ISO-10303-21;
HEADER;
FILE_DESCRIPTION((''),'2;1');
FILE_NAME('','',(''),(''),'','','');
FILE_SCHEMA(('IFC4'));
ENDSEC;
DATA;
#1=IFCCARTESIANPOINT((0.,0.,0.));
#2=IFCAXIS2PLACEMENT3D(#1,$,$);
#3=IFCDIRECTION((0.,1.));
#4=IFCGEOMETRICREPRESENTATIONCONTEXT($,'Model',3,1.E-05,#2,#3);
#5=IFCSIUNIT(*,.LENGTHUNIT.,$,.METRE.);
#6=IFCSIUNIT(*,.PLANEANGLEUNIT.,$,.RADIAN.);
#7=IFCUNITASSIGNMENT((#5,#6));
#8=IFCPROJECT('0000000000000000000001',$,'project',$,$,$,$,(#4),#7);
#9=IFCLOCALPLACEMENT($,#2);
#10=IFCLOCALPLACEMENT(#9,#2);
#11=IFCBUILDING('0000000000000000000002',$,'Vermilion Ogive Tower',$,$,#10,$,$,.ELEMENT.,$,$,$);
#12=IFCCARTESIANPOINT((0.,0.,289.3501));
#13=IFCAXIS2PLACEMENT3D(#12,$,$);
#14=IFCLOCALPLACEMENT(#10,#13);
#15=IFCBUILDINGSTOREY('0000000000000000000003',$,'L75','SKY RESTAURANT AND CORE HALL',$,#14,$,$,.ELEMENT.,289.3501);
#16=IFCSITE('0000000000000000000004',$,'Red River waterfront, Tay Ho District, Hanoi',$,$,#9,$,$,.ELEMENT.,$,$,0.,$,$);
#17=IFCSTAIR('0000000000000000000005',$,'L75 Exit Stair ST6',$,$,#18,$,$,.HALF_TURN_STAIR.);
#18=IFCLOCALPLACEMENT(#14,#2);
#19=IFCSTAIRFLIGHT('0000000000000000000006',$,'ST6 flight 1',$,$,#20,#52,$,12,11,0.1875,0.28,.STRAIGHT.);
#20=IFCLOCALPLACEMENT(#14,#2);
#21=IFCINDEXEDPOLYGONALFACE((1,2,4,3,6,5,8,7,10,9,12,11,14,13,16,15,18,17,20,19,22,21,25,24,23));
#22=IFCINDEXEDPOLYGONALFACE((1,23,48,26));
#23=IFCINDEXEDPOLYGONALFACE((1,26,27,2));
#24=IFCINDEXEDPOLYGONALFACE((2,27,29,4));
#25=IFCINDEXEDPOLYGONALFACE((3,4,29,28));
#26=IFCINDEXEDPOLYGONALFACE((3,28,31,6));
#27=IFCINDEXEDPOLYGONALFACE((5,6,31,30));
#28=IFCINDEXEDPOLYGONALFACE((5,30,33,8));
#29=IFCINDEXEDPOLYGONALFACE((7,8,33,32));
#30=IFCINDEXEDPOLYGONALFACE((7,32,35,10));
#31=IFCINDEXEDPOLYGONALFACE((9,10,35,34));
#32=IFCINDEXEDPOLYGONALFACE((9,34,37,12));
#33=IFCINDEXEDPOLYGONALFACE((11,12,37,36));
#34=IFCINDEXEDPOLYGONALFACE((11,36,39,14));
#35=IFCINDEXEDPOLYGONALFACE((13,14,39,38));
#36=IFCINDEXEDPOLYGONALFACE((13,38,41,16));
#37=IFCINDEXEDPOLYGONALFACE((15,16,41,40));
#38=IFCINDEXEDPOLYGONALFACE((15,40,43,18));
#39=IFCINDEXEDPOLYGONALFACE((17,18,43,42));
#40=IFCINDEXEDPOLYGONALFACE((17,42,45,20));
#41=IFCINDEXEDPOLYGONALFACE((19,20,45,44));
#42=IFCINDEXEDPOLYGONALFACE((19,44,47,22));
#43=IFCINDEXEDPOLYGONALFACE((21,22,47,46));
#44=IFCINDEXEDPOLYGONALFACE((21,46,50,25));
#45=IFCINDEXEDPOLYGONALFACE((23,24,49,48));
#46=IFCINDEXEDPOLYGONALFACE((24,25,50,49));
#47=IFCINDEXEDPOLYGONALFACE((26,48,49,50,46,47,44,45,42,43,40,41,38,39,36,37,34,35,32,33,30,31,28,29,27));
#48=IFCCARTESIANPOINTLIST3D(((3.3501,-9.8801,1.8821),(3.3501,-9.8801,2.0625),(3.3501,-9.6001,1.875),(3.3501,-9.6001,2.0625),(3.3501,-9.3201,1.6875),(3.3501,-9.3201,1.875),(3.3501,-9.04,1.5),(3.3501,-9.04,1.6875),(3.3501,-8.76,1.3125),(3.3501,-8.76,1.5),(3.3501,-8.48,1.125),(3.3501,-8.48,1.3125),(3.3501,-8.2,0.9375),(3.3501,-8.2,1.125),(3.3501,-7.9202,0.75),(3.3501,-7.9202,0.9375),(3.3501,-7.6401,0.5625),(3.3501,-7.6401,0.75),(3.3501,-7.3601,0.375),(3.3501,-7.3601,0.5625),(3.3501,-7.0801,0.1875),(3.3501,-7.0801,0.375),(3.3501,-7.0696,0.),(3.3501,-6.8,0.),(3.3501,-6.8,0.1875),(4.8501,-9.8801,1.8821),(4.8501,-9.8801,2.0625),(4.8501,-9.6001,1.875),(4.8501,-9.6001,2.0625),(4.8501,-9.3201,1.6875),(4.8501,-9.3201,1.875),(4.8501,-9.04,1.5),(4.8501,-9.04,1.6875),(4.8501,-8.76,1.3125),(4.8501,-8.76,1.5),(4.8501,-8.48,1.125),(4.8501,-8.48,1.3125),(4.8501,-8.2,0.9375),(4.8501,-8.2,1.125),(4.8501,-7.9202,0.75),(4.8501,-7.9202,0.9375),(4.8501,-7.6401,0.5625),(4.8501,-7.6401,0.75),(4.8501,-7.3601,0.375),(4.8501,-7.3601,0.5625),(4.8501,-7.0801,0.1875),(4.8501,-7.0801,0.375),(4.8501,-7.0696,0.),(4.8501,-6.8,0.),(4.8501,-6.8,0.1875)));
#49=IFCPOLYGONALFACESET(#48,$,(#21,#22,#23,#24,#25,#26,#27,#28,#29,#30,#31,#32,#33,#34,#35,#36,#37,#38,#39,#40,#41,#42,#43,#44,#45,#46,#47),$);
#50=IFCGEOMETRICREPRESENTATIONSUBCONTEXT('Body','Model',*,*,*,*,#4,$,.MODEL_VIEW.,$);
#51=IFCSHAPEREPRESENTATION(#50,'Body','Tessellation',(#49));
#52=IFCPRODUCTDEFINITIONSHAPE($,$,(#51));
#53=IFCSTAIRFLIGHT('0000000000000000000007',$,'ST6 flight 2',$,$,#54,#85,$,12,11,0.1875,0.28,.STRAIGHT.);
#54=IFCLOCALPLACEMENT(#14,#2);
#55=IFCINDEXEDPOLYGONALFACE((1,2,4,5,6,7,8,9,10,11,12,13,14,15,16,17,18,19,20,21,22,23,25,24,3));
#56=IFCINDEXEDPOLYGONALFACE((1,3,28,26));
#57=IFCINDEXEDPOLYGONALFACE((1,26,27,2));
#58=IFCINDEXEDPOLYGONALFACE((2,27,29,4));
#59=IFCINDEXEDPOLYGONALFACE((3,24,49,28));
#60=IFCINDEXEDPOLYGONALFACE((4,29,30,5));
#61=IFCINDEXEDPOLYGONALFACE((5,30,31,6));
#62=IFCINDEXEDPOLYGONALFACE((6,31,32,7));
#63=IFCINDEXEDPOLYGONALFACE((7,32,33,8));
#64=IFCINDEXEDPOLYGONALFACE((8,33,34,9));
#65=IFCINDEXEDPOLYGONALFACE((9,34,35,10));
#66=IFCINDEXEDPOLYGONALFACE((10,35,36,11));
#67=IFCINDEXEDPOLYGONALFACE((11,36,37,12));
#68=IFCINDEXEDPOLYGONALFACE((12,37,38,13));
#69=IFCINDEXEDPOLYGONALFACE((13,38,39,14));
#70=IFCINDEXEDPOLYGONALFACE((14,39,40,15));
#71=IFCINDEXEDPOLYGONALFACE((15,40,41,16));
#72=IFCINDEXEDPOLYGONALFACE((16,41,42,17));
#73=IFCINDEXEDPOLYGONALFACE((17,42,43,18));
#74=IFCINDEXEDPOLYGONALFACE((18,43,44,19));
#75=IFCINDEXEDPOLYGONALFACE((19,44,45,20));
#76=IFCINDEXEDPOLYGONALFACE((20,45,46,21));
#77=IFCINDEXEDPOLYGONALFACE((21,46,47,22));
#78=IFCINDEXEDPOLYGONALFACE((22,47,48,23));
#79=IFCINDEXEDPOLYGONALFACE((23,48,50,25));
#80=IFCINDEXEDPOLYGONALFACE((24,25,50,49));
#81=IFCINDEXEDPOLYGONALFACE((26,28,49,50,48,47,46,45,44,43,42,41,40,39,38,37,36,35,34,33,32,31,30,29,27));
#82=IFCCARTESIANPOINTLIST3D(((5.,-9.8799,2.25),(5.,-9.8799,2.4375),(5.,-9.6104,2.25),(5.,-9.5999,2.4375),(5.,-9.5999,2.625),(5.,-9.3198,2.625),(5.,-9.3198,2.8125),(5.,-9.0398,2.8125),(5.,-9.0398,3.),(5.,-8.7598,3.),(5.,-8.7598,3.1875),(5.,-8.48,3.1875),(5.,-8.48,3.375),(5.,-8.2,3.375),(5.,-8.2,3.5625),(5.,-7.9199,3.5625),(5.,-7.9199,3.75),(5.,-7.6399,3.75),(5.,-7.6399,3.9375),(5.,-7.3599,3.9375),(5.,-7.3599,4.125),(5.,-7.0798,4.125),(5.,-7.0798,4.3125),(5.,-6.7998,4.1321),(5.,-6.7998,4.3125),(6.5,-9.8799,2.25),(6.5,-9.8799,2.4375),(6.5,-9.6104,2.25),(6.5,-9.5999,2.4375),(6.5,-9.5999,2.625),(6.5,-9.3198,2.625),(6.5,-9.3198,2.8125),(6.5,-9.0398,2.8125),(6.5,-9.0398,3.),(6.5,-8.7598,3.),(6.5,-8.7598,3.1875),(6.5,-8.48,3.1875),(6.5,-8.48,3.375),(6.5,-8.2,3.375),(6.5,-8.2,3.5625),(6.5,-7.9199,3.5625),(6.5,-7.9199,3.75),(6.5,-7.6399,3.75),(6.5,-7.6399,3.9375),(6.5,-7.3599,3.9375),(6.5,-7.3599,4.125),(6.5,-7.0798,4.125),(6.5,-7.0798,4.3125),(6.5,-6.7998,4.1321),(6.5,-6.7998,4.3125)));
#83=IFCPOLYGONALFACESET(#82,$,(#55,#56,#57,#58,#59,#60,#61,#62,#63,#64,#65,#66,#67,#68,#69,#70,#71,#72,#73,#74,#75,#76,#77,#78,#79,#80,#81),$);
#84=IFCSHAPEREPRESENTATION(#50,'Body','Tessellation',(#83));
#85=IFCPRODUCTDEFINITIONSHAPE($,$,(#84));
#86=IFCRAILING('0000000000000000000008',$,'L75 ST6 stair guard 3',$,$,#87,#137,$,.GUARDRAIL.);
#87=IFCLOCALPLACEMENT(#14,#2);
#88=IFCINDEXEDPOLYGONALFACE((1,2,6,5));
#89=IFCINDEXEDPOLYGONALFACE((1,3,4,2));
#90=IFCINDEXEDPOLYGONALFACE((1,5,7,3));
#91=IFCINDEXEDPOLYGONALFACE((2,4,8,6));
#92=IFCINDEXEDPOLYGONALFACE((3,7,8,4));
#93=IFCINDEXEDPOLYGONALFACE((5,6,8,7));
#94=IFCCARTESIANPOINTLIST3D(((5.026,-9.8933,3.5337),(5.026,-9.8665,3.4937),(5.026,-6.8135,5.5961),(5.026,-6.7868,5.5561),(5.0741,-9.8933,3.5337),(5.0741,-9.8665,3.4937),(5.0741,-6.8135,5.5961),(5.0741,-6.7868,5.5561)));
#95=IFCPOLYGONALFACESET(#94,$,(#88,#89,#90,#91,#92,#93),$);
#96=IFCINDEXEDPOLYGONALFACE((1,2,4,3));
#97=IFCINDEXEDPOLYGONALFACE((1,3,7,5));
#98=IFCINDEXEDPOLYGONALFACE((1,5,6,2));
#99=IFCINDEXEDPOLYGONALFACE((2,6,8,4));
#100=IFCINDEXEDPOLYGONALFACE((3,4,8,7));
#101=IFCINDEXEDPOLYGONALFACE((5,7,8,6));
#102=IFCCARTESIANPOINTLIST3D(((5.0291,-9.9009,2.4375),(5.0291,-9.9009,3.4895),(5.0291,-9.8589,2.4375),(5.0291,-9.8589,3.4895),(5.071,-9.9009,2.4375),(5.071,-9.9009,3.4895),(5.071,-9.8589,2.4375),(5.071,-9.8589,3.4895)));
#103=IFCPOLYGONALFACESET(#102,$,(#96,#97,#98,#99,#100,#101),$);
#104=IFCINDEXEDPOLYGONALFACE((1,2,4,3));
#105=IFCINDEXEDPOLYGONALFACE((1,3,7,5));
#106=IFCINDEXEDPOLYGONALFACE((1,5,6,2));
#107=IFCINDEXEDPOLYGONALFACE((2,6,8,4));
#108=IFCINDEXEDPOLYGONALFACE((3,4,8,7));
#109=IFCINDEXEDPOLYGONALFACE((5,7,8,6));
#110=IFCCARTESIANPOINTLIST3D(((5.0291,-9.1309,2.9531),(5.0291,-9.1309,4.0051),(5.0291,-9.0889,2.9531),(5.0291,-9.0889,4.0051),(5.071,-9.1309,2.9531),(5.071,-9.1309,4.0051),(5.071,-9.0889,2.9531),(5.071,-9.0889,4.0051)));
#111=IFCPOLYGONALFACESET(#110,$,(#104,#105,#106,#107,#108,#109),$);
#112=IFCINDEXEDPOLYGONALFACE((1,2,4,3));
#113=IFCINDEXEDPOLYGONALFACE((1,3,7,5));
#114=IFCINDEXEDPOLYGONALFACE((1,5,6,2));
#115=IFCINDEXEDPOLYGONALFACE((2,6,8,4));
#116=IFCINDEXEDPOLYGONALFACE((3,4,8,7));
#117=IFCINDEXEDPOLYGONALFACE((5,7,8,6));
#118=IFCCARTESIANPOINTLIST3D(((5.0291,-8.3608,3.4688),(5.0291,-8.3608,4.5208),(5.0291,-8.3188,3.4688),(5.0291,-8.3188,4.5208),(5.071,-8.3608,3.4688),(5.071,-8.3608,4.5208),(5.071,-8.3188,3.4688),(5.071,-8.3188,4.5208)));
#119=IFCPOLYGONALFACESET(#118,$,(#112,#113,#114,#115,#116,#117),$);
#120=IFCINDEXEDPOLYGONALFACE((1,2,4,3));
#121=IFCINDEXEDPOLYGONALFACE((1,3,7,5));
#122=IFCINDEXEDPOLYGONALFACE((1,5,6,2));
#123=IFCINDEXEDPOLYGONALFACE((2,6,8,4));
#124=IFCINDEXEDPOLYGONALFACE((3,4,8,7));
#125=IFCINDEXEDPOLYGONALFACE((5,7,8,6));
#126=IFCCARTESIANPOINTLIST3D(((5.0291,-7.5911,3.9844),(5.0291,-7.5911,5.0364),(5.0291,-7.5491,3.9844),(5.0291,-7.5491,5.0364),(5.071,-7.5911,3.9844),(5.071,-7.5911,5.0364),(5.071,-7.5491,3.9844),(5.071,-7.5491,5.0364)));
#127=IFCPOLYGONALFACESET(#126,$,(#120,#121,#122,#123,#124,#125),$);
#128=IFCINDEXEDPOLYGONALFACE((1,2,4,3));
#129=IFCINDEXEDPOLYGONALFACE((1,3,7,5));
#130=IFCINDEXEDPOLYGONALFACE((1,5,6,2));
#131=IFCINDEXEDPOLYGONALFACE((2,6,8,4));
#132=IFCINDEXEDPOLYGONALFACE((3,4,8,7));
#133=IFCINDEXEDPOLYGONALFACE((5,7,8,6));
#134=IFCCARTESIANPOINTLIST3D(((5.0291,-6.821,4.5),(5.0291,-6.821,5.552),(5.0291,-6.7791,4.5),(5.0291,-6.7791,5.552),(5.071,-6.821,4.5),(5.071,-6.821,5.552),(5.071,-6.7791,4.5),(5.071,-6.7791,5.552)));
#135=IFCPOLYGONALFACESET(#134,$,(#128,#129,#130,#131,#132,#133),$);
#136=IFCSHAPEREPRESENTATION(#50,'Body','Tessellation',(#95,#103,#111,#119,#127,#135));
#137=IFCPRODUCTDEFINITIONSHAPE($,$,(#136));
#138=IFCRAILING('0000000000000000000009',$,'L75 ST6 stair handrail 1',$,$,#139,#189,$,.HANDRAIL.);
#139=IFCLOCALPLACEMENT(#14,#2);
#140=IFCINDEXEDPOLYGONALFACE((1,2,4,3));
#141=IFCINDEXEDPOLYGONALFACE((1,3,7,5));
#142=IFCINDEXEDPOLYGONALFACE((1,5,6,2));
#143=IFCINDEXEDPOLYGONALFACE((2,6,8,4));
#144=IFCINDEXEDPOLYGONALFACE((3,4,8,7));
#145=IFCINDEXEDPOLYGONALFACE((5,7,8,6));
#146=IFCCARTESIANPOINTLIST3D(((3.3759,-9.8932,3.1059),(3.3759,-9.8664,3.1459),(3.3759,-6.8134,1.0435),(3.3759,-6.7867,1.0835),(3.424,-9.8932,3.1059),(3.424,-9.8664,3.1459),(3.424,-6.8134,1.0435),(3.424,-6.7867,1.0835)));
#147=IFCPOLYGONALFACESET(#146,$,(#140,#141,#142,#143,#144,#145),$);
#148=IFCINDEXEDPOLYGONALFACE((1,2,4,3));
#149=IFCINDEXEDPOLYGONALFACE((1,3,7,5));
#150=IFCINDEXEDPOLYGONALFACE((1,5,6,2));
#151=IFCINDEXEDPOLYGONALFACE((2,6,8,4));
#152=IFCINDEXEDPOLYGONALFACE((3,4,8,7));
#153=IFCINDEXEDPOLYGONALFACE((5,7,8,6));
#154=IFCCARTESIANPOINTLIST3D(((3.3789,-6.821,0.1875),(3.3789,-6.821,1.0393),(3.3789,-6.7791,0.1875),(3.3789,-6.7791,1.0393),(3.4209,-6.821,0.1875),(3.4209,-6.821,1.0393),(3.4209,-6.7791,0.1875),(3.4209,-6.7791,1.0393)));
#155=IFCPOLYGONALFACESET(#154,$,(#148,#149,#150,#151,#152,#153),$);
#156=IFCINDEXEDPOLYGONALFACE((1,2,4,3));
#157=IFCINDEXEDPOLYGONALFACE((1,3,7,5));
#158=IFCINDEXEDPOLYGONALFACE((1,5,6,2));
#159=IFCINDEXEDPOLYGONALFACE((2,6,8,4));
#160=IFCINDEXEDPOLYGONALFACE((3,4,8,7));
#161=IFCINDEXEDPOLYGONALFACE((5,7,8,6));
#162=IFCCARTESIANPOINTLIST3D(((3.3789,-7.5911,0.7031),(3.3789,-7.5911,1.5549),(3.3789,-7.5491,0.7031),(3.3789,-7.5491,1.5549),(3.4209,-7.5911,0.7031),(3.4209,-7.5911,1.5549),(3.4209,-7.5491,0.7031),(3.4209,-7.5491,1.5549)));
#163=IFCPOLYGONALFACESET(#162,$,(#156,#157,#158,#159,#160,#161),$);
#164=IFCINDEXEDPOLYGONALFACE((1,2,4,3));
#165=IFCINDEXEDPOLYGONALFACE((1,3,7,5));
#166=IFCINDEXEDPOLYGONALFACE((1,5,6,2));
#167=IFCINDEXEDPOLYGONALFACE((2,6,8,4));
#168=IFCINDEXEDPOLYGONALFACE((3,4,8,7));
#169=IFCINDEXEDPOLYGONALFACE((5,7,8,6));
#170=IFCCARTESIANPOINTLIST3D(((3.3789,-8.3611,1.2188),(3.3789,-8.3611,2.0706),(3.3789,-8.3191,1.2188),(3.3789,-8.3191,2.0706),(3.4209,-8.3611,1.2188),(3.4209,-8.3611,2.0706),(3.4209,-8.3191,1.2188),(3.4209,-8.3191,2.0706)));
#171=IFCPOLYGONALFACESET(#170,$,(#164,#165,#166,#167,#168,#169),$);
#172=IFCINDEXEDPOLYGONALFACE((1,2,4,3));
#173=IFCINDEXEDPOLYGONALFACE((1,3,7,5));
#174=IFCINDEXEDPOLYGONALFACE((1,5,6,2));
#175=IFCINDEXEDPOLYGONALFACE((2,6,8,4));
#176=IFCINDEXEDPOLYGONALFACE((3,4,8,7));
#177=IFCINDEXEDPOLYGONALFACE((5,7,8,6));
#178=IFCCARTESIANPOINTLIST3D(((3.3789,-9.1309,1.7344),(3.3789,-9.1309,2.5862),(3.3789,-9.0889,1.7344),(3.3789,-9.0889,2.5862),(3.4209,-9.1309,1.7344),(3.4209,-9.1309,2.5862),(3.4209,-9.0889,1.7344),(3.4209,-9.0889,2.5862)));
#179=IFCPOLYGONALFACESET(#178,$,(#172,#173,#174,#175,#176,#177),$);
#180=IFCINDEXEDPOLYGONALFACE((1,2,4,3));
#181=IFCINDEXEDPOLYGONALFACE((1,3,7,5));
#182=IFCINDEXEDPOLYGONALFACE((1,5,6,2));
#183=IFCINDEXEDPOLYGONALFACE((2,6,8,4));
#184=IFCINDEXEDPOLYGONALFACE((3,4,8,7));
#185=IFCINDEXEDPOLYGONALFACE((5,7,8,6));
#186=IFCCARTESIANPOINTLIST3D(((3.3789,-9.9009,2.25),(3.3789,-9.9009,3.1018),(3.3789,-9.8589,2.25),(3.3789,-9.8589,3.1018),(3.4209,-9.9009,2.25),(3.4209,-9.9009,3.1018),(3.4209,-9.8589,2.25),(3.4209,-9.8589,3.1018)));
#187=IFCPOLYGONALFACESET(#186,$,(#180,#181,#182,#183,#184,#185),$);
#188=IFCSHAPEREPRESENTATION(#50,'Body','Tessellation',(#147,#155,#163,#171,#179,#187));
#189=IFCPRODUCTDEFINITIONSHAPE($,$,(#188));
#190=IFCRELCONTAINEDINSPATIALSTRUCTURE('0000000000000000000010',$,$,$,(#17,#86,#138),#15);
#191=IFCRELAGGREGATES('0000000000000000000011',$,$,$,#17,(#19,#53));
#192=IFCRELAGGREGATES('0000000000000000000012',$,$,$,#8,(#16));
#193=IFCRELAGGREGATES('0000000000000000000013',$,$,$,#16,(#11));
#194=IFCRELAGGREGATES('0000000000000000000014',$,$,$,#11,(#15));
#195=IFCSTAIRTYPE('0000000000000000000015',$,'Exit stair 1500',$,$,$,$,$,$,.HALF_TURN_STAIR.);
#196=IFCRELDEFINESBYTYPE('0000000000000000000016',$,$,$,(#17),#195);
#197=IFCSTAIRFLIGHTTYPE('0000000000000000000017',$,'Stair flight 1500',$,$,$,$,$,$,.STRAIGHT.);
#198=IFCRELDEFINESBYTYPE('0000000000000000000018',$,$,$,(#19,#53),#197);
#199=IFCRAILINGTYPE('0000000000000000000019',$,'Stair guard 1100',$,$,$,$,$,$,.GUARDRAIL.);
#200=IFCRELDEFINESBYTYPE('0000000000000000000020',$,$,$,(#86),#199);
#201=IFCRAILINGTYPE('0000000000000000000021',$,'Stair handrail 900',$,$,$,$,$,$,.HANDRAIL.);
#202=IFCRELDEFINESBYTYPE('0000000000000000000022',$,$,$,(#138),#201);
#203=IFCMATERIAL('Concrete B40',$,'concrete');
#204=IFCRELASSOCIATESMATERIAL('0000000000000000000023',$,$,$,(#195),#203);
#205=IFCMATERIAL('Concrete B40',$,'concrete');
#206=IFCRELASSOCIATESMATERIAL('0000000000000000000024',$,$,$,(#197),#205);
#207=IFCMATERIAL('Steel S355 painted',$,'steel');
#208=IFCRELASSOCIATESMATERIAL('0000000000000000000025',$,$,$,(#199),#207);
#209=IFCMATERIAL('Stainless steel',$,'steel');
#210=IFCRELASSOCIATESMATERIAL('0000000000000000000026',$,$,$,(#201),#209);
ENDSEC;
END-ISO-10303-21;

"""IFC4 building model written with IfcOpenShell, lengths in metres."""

from ifc_helpers import new_model, si_unit, direction, frame, origin, origin_2d, place, context, subcontext, project, spatial, polyline, rectangle, outline, extrude, material, type_object, element, aggregate, save


model = new_model("IFC4")

# Units and contexts
model_context = context("Model", 3, precision=1e-05, world=origin(), true_north=direction((0.0, 1.0)))
body_context = subcontext(model_context, "Body", "Model", "MODEL_VIEW")
ifc_project = project(units=[si_unit("LENGTHUNIT", "METRE"), si_unit("PLANEANGLEUNIT", "RADIAN")], contexts=[model_context])

# Site, building, storey
site_placement = place(None, origin())
site = spatial("IfcSite", under=ifc_project, at=site_placement, Name="Red River waterfront, Tay Ho District, Hanoi", CompositionType="ELEMENT", RefElevation=0.0)
building_placement = place(site_placement, origin())
building = spatial("IfcBuilding", under=site, at=building_placement, Name="Vermilion Ogive Tower", CompositionType="ELEMENT")
storey_placement = place(building_placement, frame((0.0, 0.0, 289.3501)))
storey = spatial("IfcBuildingStorey", under=building, at=storey_placement, Name="L75", Description="SKY RESTAURANT AND CORE HALL", CompositionType="ELEMENT", Elevation=289.3501)

# Stair, stair flights
ifc_material_1 = material(Name="Concrete B40", Category="concrete")
stair_type = type_object("IfcStairType", Name="Exit stair 1500", PredefinedType="HALF_TURN_STAIR", material=ifc_material_1)
stair_placement = place(storey_placement, origin())
stair = element("IfcStair", 1, at=stair_placement, inside=storey, type_object=stair_type, Name="L75 Exit Stair ST6", PredefinedType="HALF_TURN_STAIR")
ifc_material_2 = material(Name="Concrete B40", Category="concrete")
stair_flight_type = type_object("IfcStairFlightType", Name="Stair flight 1500", PredefinedType="STRAIGHT", material=ifc_material_2)
stair_flight_1_placement = place(storey_placement, frame((4.1001, -6.8, 0.0), z_axis=(0.0, 0.0, 1.0), x_axis=(0.0, -1.0, 0.0)))
stair_flight_1 = element("IfcStairFlight", 2, at=stair_flight_1_placement, type_object=stair_flight_type, Name="ST6 flight 1", NumberOfRisers=12, NumberOfTreads=11, PredefinedType="STRAIGHT", RiserHeight=0.1875, TreadLength=0.28, context=body_context, shape_type="SweptSolid", body=[
    extrude(outline(polyline([(0.0, 0.0), (0.0, 0.1875), (0.28, 0.1875), (0.28, 0.375), (0.5601, 0.375), (0.5601, 0.5625), (0.8401, 0.5625), (0.8401, 0.75), (1.1201, 0.75), (1.1201, 0.9375), (1.3999, 0.9375), (1.3999, 1.125), (1.6799, 1.125), (1.6799, 1.3125), (1.96, 1.3125), (1.96, 1.5), (2.24, 1.5), (2.24, 1.6875), (2.52, 1.6875), (2.52, 1.875), (2.8, 1.875), (2.8, 2.0625), (3.0801, 2.0625), (3.0801, 2.25), (3.0801, 1.8821), (0.2695, 0.0), (0.0, 0.0)])), frame((0.0, 0.75, 0.0), z_axis=(0.0, -1.0, 0.0), x_axis=(1.0, 0.0, 0.0)), (0.0, 0.0, 1.0), 1.5),
])
stair_flight_2_placement = place(storey_placement, frame((5.75, -9.8799, 2.25), z_axis=(0.0, 0.0, 1.0), x_axis=(0.0, 1.0, 0.0)))
stair_flight_2 = element("IfcStairFlight", 3, at=stair_flight_2_placement, type_object=stair_flight_type, Name="ST6 flight 2", NumberOfRisers=12, NumberOfTreads=11, PredefinedType="STRAIGHT", RiserHeight=0.1875, TreadLength=0.28, context=body_context, shape_type="SweptSolid", body=[
    extrude(outline(polyline([(0.0, 0.0), (0.0, 0.1875), (0.28, 0.1875), (0.28, 0.375), (0.5601, 0.375), (0.5601, 0.5625), (0.8401, 0.5625), (0.8401, 0.75), (1.1201, 0.75), (1.1201, 0.9375), (1.3999, 0.9375), (1.3999, 1.125), (1.6799, 1.125), (1.6799, 1.3125), (1.96, 1.3125), (1.96, 1.5), (2.24, 1.5), (2.24, 1.6875), (2.52, 1.6875), (2.52, 1.875), (2.8, 1.875), (2.8, 2.0625), (3.0801, 2.0625), (3.0801, 2.25), (3.0801, 1.8821), (0.2695, 0.0), (0.0, 0.0)])), frame((0.0, 0.75, 0.0), z_axis=(0.0, -1.0, 0.0), x_axis=(1.0, 0.0, 0.0)), (0.0, 0.0, 1.0), 1.5),
])
aggregate(stair, [stair_flight_1, stair_flight_2])

# Railings
ifc_material_3 = material(Name="Steel S355 painted", Category="steel")
railing_type_1 = type_object("IfcRailingType", Name="Stair guard 1100", PredefinedType="GUARDRAIL", material=ifc_material_3)
railing_1_placement = place(storey_placement, frame((5.05, -9.8799, 2.4375)))
element("IfcRailing", 4, at=railing_1_placement, inside=storey, type_object=railing_type_1, Name="L75 ST6 stair guard 3", PredefinedType="GUARDRAIL", context=body_context, shape_type="SweptSolid", body=[
    extrude(rectangle(XDim=0.0481, YDim=0.0481, at=origin_2d()), frame((0.0, 0.0, 1.0762), z_axis=(0.0, 0.830893, 0.556432), x_axis=(-1.0, 0.0, 0.0)), (0.0, 0.0, 1.0), 3.7065),
    extrude(rectangle(XDim=0.042, YDim=0.042, at=origin_2d()), origin(), (0.0, 0.0, 1.0), 1.052),
    extrude(rectangle(XDim=0.042, YDim=0.042, at=origin_2d()), frame((0.0, 0.77, 0.5156)), (0.0, 0.0, 1.0), 1.052),
    extrude(rectangle(XDim=0.042, YDim=0.042, at=origin_2d()), frame((0.0, 1.54, 1.0312)), (0.0, 0.0, 1.0), 1.052),
    extrude(rectangle(XDim=0.042, YDim=0.042, at=origin_2d()), frame((0.0, 2.3098, 1.5469)), (0.0, 0.0, 1.0), 1.052),
    extrude(rectangle(XDim=0.042, YDim=0.042, at=origin_2d()), frame((0.0, 3.0798, 2.0625)), (0.0, 0.0, 1.0), 1.052),
])
ifc_material_4 = material(Name="Stainless steel", Category="steel")
railing_type_2 = type_object("IfcRailingType", Name="Stair handrail 900", PredefinedType="HANDRAIL", material=ifc_material_4)
railing_2_placement = place(storey_placement, frame((3.3999, -6.8, 0.1875)))
element("IfcRailing", 5, at=railing_2_placement, inside=storey, type_object=railing_type_2, Name="L75 ST6 stair handrail 1", PredefinedType="HANDRAIL", context=body_context, shape_type="SweptSolid", body=[
    extrude(rectangle(XDim=0.0481, YDim=0.0481, at=origin_2d()), frame((0.0, 0.0, 0.876), z_axis=(0.0, -0.830893, 0.556432), x_axis=(1.0, 0.0, 0.0)), (0.0, 0.0, 1.0), 3.7065),
    extrude(rectangle(XDim=0.042, YDim=0.042, at=origin_2d()), origin(), (0.0, 0.0, 1.0), 0.8518),
    extrude(rectangle(XDim=0.042, YDim=0.042, at=origin_2d()), frame((0.0, -0.77, 0.5156)), (0.0, 0.0, 1.0), 0.8518),
    extrude(rectangle(XDim=0.042, YDim=0.042, at=origin_2d()), frame((0.0, -1.54, 1.0312)), (0.0, 0.0, 1.0), 0.8518),
    extrude(rectangle(XDim=0.042, YDim=0.042, at=origin_2d()), frame((0.0, -2.3098, 1.5469)), (0.0, 0.0, 1.0), 0.8518),
    extrude(rectangle(XDim=0.042, YDim=0.042, at=origin_2d()), frame((0.0, -3.0798, 2.0625)), (0.0, 0.0, 1.0), 0.8518),
])

save(model, "model.ifc")
